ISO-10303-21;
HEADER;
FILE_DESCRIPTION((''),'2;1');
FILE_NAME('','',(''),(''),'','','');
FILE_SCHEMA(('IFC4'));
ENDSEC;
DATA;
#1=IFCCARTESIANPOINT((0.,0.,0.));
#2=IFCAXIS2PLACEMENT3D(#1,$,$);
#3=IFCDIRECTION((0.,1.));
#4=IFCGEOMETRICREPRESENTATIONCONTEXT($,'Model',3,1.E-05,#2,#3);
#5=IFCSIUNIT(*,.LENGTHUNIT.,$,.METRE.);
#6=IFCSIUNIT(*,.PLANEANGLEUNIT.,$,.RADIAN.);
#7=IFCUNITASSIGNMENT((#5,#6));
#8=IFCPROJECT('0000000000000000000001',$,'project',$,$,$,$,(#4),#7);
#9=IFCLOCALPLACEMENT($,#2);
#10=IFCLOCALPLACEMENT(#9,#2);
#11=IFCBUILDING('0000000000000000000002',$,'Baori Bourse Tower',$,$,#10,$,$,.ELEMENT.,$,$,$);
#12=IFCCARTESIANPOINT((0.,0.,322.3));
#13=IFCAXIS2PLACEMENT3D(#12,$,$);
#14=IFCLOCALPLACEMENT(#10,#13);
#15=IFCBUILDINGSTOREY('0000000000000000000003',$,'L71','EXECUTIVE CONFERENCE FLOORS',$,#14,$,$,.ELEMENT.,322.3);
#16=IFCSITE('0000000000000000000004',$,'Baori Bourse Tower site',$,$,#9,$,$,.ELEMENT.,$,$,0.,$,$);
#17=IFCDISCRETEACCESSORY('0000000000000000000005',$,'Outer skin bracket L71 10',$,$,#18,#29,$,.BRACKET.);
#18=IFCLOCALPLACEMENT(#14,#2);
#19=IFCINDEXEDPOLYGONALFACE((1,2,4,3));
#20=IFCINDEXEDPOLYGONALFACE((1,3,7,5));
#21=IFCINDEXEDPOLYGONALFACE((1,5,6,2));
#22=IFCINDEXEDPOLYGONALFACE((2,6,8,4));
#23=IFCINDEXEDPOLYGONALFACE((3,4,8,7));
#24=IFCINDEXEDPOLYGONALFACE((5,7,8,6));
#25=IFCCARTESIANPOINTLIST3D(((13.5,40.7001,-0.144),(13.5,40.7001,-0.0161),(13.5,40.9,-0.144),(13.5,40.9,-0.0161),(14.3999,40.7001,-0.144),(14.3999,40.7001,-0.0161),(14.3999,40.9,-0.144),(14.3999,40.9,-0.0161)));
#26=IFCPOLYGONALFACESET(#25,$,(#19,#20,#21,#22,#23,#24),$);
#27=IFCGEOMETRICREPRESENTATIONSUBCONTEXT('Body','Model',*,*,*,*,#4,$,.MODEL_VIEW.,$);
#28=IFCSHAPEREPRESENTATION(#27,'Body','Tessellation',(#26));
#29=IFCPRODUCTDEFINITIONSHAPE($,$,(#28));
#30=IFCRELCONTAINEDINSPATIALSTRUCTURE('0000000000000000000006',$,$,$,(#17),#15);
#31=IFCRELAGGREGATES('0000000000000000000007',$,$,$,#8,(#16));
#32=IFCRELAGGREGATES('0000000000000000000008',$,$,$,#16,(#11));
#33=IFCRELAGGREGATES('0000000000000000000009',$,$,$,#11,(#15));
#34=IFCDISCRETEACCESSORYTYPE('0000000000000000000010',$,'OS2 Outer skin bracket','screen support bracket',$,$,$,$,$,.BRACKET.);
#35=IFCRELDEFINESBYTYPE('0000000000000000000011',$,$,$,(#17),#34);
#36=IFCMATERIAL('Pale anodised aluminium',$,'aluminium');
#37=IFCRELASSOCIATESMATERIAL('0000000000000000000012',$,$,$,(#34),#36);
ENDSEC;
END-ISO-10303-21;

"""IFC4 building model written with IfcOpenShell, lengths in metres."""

from ifc_helpers import new_model, si_unit, direction, frame, origin, origin_2d, place, context, subcontext, project, spatial, rectangle, extrude, material, type_object, element, save


model = new_model("IFC4")

# Units and contexts
model_context = context("Model", 3, precision=1e-05, world=origin(), true_north=direction((0.0, 1.0)))
body_context = subcontext(model_context, "Body", "Model", "MODEL_VIEW")
ifc_project = project(units=[si_unit("LENGTHUNIT", "METRE"), si_unit("PLANEANGLEUNIT", "RADIAN")], contexts=[model_context])

# Site, building, storey
site_placement = place(None, origin())
site = spatial("IfcSite", under=ifc_project, at=site_placement, Name="Baori Bourse Tower site", CompositionType="ELEMENT", RefElevation=0.0)
building_placement = place(site_placement, origin())
building = spatial("IfcBuilding", under=site, at=building_placement, Name="Baori Bourse Tower", CompositionType="ELEMENT")
storey_placement = place(building_placement, frame((0.0, 0.0, 322.3)))
storey = spatial("IfcBuildingStorey", under=building, at=storey_placement, Name="L71", Description="EXECUTIVE CONFERENCE FLOORS", CompositionType="ELEMENT", Elevation=322.3)

# Discrete accessory
ifc_material_1 = material(Name="Pale anodised aluminium", Category="aluminium")
discrete_accessory_type = type_object("IfcDiscreteAccessoryType", Name="OS2 Outer skin bracket", Description="screen support bracket", PredefinedType="BRACKET", material=ifc_material_1)
discrete_accessory_placement = place(storey_placement, frame((13.95, 40.8, -0.144), z_axis=(0.0, 0.0, 1.0), x_axis=(0.0, -1.0, 0.0)))
element("IfcDiscreteAccessory", 1, at=discrete_accessory_placement, inside=storey, type_object=discrete_accessory_type, Name="Outer skin bracket L71 10", PredefinedType="BRACKET", context=body_context, shape_type="SweptSolid", body=[
    extrude(rectangle(XDim=0.2, YDim=0.8999, at=origin_2d()), origin(), (0.0, 0.0, 1.0), 0.1279),
])

save(model, "model.ifc")
